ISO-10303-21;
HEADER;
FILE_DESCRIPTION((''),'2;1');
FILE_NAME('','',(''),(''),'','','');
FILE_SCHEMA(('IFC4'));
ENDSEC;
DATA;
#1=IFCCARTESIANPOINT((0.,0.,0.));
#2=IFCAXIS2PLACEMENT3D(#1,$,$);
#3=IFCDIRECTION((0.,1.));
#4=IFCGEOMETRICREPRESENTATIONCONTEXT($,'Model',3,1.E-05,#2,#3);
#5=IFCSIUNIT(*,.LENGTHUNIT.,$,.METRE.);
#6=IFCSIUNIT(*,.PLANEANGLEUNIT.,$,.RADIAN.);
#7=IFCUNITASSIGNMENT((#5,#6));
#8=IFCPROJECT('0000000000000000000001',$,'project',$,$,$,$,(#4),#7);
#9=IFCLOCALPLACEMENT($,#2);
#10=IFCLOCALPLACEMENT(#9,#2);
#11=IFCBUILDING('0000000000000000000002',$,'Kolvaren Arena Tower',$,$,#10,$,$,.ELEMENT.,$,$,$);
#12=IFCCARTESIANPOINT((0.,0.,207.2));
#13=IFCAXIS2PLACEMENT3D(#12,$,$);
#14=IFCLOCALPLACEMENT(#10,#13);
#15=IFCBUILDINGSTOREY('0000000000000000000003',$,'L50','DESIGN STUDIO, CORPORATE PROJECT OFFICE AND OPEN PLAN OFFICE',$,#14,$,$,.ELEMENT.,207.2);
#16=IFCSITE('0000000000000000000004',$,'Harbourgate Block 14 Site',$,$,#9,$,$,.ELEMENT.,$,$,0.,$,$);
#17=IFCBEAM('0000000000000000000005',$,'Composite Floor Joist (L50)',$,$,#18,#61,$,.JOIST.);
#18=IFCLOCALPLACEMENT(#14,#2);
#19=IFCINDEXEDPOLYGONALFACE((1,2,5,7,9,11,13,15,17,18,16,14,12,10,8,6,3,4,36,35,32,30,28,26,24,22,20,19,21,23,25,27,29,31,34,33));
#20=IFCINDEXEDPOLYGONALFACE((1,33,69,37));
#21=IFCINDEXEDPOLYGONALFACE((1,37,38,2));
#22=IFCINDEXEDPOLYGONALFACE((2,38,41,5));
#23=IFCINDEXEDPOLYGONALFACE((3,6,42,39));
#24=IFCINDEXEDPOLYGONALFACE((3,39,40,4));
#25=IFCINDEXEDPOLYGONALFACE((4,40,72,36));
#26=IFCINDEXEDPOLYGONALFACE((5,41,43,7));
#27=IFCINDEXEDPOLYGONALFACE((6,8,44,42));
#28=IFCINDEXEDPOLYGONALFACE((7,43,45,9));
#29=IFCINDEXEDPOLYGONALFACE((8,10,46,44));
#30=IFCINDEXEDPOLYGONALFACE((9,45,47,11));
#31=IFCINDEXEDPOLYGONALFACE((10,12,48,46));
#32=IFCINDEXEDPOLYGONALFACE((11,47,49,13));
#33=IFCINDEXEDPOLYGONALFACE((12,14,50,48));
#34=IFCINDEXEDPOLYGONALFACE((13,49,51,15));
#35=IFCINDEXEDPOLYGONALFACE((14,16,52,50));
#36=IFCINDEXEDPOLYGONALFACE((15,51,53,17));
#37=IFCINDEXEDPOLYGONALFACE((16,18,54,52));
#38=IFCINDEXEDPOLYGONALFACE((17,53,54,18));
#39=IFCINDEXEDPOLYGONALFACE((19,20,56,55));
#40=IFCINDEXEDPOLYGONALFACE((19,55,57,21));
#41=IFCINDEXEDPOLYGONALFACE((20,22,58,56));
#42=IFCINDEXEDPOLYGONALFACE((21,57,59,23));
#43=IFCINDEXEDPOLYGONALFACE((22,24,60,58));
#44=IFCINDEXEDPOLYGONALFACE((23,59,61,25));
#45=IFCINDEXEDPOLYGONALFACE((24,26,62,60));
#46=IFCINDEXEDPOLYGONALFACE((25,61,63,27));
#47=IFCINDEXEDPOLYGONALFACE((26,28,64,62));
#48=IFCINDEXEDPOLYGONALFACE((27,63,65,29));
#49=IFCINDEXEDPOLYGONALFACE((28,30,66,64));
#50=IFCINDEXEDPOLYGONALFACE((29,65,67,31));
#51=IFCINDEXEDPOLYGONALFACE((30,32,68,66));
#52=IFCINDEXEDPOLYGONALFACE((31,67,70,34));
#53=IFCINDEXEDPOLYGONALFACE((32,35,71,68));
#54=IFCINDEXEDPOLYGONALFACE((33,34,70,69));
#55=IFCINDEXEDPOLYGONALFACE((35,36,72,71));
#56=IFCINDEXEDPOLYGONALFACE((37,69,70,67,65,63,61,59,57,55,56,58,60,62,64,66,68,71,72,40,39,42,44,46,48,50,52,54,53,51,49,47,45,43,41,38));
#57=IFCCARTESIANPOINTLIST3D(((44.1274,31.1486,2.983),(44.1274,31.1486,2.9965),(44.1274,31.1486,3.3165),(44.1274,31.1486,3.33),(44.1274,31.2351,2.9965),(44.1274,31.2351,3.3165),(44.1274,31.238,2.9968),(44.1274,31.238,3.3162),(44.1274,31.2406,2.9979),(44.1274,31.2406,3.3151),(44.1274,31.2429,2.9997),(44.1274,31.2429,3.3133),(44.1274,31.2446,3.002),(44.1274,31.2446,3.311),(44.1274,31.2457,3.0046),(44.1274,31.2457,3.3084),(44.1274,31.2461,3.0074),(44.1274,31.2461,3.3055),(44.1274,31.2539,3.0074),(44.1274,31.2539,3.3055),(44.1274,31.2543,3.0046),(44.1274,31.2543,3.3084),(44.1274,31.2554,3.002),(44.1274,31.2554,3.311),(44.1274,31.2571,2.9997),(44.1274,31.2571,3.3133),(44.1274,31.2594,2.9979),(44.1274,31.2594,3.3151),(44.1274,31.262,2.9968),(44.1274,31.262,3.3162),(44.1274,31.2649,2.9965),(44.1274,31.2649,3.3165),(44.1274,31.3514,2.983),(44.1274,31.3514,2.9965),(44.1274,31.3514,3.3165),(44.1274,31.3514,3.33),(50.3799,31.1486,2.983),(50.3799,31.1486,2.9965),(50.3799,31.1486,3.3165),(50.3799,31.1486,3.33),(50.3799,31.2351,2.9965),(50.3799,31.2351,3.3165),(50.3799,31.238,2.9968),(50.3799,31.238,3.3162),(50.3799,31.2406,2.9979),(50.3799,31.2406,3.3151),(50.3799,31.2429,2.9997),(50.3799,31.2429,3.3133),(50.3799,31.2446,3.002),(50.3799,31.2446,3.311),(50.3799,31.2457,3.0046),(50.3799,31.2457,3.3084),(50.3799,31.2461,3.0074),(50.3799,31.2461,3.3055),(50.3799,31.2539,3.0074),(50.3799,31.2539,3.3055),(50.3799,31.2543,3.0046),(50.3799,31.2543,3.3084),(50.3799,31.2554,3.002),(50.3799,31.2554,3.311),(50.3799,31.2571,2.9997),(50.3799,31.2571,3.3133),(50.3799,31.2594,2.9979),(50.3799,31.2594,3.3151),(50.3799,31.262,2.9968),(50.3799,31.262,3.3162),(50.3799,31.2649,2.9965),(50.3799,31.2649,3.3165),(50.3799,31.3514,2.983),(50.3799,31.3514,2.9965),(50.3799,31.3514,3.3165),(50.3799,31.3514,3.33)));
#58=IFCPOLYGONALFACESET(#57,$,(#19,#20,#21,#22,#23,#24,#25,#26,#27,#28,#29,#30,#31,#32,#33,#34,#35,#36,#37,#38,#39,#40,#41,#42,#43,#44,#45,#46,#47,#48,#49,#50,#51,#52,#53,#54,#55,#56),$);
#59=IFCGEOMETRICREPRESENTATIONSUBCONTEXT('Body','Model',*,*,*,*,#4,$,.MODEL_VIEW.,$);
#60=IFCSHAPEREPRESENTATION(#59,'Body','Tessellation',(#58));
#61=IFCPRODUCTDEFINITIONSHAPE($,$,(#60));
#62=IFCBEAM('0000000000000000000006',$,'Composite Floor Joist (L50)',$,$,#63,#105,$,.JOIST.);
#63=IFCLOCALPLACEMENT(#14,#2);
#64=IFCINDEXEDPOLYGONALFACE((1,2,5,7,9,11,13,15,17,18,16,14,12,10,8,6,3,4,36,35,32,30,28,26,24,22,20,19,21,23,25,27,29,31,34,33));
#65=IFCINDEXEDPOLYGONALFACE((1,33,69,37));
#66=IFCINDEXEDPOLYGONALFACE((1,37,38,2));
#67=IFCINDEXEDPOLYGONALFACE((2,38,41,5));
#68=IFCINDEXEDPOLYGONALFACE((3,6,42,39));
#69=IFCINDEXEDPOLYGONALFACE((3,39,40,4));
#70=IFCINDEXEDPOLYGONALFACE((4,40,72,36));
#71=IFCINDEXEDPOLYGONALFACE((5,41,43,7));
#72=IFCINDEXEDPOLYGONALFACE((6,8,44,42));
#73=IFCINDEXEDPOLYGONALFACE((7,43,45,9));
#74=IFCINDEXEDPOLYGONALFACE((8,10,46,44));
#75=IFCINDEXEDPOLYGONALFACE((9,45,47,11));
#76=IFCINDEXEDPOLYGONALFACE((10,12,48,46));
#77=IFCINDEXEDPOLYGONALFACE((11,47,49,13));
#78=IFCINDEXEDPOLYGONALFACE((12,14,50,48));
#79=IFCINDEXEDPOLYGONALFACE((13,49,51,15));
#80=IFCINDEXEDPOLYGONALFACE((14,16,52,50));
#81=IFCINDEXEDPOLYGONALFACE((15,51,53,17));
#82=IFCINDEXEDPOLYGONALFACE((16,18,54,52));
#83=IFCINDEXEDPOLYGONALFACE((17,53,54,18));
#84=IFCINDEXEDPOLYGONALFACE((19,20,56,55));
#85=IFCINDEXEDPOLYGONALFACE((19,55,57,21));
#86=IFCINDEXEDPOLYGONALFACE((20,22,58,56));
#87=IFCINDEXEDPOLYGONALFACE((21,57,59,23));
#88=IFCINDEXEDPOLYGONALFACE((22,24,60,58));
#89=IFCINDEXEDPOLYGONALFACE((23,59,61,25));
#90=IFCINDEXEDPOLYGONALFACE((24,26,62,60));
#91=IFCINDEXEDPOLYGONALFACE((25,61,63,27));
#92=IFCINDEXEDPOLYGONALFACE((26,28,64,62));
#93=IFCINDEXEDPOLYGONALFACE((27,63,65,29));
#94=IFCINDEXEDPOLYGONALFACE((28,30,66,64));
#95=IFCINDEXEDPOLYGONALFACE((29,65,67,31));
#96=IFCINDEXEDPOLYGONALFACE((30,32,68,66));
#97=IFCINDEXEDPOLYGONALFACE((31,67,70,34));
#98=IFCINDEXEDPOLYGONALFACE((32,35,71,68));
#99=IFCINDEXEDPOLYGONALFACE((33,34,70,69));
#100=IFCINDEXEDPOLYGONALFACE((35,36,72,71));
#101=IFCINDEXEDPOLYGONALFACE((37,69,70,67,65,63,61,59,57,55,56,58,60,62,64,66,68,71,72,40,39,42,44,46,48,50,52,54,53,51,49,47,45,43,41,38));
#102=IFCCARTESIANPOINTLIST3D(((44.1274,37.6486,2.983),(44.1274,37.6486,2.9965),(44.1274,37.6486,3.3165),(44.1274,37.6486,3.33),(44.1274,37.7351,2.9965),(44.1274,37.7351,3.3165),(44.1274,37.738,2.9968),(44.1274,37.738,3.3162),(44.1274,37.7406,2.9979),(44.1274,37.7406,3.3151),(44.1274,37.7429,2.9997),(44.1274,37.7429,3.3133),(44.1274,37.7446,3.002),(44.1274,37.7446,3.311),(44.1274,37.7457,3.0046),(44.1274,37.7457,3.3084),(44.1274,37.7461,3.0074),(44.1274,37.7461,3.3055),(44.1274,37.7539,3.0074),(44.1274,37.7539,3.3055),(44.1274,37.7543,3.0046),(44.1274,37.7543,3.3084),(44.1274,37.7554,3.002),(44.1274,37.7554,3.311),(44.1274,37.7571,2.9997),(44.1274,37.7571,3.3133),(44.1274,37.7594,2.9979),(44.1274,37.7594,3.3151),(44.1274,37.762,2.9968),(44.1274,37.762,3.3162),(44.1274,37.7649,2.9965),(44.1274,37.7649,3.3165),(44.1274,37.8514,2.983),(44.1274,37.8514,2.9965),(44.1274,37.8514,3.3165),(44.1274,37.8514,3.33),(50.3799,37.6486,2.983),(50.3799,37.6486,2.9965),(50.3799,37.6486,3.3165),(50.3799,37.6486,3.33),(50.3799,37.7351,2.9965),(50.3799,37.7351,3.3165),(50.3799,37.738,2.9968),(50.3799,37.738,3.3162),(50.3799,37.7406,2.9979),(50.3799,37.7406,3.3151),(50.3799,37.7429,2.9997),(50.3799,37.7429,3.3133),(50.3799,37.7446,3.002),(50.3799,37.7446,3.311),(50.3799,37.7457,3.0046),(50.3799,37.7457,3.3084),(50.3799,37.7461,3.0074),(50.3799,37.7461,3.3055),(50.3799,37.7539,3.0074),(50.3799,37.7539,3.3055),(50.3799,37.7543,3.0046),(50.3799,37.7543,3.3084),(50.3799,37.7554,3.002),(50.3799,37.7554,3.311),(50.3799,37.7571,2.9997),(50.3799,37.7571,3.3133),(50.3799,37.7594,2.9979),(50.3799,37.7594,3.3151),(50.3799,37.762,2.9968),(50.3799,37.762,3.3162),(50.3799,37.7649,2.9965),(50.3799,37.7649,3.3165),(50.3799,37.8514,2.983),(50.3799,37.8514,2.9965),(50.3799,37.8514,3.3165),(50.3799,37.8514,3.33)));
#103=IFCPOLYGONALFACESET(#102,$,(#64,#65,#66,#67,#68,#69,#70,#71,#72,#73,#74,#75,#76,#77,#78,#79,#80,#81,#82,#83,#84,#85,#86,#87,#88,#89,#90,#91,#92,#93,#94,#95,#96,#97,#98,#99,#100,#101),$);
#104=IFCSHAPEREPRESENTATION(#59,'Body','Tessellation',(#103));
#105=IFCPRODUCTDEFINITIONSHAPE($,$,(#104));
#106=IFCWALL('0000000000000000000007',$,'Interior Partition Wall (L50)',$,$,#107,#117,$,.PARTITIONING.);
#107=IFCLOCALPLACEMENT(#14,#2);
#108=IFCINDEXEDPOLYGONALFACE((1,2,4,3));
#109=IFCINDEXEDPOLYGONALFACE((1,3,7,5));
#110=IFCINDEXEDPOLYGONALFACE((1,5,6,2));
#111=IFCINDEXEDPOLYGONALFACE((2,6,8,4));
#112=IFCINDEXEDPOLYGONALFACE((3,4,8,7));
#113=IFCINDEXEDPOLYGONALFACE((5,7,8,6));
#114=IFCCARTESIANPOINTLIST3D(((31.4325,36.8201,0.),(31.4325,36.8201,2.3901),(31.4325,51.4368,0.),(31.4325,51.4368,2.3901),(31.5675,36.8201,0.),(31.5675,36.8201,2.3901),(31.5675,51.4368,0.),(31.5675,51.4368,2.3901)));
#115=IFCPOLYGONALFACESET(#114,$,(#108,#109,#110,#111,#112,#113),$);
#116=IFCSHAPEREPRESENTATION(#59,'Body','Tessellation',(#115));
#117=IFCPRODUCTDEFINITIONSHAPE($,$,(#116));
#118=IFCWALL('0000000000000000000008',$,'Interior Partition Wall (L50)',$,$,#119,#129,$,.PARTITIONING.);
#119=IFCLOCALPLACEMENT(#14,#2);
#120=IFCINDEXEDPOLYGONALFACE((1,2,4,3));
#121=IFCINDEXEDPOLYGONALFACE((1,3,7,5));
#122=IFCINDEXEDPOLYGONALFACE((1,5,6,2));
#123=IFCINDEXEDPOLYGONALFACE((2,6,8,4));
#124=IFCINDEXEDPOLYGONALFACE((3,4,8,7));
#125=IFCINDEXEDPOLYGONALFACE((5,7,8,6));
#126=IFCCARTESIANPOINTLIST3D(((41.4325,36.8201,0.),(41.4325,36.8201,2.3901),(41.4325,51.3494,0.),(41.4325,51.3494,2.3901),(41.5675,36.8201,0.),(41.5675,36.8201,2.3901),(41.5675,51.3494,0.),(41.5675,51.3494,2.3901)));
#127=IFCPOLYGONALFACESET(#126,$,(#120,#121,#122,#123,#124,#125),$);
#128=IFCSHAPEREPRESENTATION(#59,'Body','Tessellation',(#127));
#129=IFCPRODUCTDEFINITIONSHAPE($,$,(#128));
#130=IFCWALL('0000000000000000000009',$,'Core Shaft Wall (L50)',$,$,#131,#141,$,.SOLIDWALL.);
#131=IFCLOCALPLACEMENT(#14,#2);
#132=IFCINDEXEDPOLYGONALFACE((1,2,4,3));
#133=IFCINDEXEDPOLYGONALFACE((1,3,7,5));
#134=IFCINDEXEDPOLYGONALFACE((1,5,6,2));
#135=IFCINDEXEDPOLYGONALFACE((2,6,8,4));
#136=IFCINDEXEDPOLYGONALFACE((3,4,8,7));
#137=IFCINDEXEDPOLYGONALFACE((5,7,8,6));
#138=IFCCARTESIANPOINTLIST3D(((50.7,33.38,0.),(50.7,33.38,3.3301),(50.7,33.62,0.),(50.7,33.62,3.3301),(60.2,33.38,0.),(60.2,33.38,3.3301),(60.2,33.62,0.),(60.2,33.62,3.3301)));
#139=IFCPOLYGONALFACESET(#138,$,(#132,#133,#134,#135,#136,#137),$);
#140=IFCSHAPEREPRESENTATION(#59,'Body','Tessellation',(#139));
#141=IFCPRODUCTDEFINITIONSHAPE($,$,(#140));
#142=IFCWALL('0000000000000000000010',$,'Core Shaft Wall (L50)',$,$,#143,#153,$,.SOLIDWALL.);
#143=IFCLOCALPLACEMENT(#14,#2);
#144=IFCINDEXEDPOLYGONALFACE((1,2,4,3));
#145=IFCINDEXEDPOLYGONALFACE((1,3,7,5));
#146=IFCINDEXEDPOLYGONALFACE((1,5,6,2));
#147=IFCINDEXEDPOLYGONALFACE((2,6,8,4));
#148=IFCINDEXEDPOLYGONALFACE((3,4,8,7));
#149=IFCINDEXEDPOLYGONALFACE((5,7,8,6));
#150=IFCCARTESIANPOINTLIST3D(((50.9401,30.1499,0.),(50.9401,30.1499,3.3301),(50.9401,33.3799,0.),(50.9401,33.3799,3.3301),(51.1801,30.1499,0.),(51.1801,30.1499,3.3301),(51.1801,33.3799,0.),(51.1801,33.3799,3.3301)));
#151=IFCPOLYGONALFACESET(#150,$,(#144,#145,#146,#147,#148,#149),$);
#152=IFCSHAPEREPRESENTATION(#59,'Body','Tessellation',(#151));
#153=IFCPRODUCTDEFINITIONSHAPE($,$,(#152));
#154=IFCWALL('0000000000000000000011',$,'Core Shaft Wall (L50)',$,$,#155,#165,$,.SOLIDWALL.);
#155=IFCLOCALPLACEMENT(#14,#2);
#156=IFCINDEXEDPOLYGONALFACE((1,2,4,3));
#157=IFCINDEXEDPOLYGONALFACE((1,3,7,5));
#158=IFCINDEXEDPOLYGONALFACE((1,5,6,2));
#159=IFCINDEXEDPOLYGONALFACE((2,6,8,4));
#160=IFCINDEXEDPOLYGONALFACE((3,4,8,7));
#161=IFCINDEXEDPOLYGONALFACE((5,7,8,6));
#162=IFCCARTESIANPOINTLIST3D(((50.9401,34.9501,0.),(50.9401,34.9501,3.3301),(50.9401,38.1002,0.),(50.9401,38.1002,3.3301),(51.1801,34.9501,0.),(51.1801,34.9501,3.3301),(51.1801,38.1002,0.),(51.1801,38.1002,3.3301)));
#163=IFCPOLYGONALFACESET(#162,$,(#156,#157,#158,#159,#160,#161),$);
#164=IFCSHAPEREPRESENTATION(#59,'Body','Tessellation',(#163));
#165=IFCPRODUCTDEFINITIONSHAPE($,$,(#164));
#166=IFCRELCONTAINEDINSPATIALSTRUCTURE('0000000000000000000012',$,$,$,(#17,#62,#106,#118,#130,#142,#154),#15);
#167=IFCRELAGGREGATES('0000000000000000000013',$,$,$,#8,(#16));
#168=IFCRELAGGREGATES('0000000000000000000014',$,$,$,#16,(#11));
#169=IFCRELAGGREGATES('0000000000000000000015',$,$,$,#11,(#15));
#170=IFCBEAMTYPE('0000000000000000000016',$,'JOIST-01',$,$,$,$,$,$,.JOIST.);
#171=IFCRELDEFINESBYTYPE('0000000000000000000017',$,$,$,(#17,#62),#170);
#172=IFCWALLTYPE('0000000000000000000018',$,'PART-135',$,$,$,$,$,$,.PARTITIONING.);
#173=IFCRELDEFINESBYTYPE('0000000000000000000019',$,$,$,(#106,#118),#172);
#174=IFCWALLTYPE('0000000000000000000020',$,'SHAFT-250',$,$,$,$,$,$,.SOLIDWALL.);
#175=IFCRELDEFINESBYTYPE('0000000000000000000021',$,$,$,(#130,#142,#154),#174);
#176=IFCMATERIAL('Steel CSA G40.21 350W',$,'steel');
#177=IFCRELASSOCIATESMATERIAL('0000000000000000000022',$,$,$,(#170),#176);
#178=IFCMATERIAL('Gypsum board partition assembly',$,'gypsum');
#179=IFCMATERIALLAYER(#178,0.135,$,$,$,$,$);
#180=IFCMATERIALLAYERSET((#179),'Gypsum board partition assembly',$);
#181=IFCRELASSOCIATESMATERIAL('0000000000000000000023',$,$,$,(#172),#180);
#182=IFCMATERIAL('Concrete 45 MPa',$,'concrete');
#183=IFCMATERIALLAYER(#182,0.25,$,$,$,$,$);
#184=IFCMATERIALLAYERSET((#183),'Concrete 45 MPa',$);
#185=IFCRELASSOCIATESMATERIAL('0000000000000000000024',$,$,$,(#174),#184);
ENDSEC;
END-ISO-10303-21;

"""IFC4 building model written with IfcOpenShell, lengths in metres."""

from ifc_helpers import new_model, si_unit, direction, frame, frame_2d, origin, origin_2d, place, context, subcontext, project, spatial, rectangle, i_section, extrude, material, layer, layer_set, material_profile, profile_set, type_object, element, save


model = new_model("IFC4")

# Units and contexts
model_context = context("Model", 3, precision=1e-05, world=origin(), true_north=direction((0.0, 1.0)))
body_context = subcontext(model_context, "Body", "Model", "MODEL_VIEW")
ifc_project = project(units=[si_unit("LENGTHUNIT", "METRE"), si_unit("PLANEANGLEUNIT", "RADIAN")], contexts=[model_context])

# Site, building, storey
site_placement = place(None, origin())
site = spatial("IfcSite", under=ifc_project, at=site_placement, Name="Harbourgate Block 14 Site", CompositionType="ELEMENT", RefElevation=0.0)
building_placement = place(site_placement, origin())
building = spatial("IfcBuilding", under=site, at=building_placement, Name="Kolvaren Arena Tower", CompositionType="ELEMENT")
storey_placement = place(building_placement, frame((0.0, 0.0, 207.2)))
storey = spatial("IfcBuildingStorey", under=building, at=storey_placement, Name="L50", Description="DESIGN STUDIO, CORPORATE PROJECT OFFICE AND OPEN PLAN OFFICE", CompositionType="ELEMENT", Elevation=207.2)

# Beams
ifc_material_1 = material(Name="Steel CSA G40.21 350W", Category="steel")
ifc_material_profile_1 = material_profile(ifc_material_1, i_section(OverallWidth=0.2029, OverallDepth=0.3469, WebThickness=0.0078, FlangeThickness=0.0134, FilletRadius=0.011, at=origin_2d()), Name="W360x64")
ifc_profile_set_1 = profile_set([ifc_material_profile_1], Name="Steel CSA G40.21 350W")
beam_type_1 = type_object("IfcBeamType", Name="JOIST-01", PredefinedType="JOIST", material=ifc_profile_set_1)
for number, where, z_axis, x_axis, name in (
    (1, (44.1274, 31.25, 3.1565), (1.0, 0.0, 0.0), (0.0, 1.0, 0.0), "Composite Floor Joist (L50)"),
    (2, (44.1274, 37.75, 3.1565), (1.0, 0.0, 0.0), (0.0, 1.0, 0.0), "Composite Floor Joist (L50)"),
):
    element("IfcBeam", number, at=place(storey_placement, frame(where, z_axis=z_axis, x_axis=x_axis)), inside=storey, type_object=beam_type_1, Name=name, PredefinedType="JOIST", context=body_context, shape_type="SweptSolid", body=[
        extrude(i_section(OverallWidth=0.2029, OverallDepth=0.3469, WebThickness=0.0078, FlangeThickness=0.0134, FilletRadius=0.011, at=origin_2d()), origin(), (0.0, 0.0, 1.0), 6.2524),
    ])

# Walls
ifc_material_2 = material(Name="Gypsum board partition assembly", Category="gypsum")
ifc_layer_1 = layer(ifc_material_2, 0.135)
ifc_layer_set_1 = layer_set([ifc_layer_1], Name="Gypsum board partition assembly")
wall_type_1 = type_object("IfcWallType", Name="PART-135", PredefinedType="PARTITIONING", material=ifc_layer_set_1)
wall_1_placement = place(storey_placement, frame((31.5, 36.8201, 0.0), z_axis=(0.0, 0.0, 1.0), x_axis=(0.0, 1.0, 0.0)))
element("IfcWall", 3, at=wall_1_placement, inside=storey, type_object=wall_type_1, Name="Interior Partition Wall (L50)", PredefinedType="PARTITIONING", context=body_context, shape_type="SweptSolid", body=[
    extrude(rectangle(XDim=14.6167, YDim=0.135, at=frame_2d((7.3083, 0.0))), origin(), (0.0, 0.0, 1.0), 2.3901),
])
wall_2_placement = place(storey_placement, frame((41.5, 36.8201, 0.0), z_axis=(0.0, 0.0, 1.0), x_axis=(0.0, 1.0, 0.0)))
element("IfcWall", 4, at=wall_2_placement, inside=storey, type_object=wall_type_1, Name="Interior Partition Wall (L50)", PredefinedType="PARTITIONING", context=body_context, shape_type="SweptSolid", body=[
    extrude(rectangle(XDim=14.5293, YDim=0.135, at=frame_2d((7.2646, 0.0))), origin(), (0.0, 0.0, 1.0), 2.3901),
])
ifc_material_3 = material(Name="Concrete 45 MPa", Category="concrete")
ifc_layer_2 = layer(ifc_material_3, 0.25)
ifc_layer_set_2 = layer_set([ifc_layer_2], Name="Concrete 45 MPa")
wall_type_2 = type_object("IfcWallType", Name="SHAFT-250", PredefinedType="SOLIDWALL", material=ifc_layer_set_2)
wall_3_placement = place(storey_placement, frame((50.7, 33.5, 0.0), z_axis=(0.0, 0.0, 1.0), x_axis=(1.0, 0.0, 0.0)))
element("IfcWall", 5, at=wall_3_placement, inside=storey, type_object=wall_type_2, Name="Core Shaft Wall (L50)", PredefinedType="SOLIDWALL", context=body_context, shape_type="SweptSolid", body=[
    extrude(rectangle(XDim=9.5, YDim=0.24, at=frame_2d((4.75, 0.0))), origin(), (0.0, 0.0, 1.0), 3.3301),
])
wall_4_placement = place(storey_placement, frame((51.0601, 30.1499, 0.0), z_axis=(0.0, 0.0, 1.0), x_axis=(0.0, 1.0, 0.0)))
element("IfcWall", 6, at=wall_4_placement, inside=storey, type_object=wall_type_2, Name="Core Shaft Wall (L50)", PredefinedType="SOLIDWALL", context=body_context, shape_type="SweptSolid", body=[
    extrude(rectangle(XDim=3.23, YDim=0.24, at=frame_2d((1.615, 0.0))), origin(), (0.0, 0.0, 1.0), 3.3301),
])
wall_5_placement = place(storey_placement, frame((51.0601, 34.95, 0.0), z_axis=(0.0, 0.0, 1.0), x_axis=(0.0, 1.0, 0.0)))
element("IfcWall", 7, at=wall_5_placement, inside=storey, type_object=wall_type_2, Name="Core Shaft Wall (L50)", PredefinedType="SOLIDWALL", context=body_context, shape_type="SweptSolid", body=[
    extrude(rectangle(XDim=3.1501, YDim=0.24, at=frame_2d((1.5752, 0.0))), origin(), (0.0, 0.0, 1.0), 3.3301),
])

save(model, "model.ifc")
